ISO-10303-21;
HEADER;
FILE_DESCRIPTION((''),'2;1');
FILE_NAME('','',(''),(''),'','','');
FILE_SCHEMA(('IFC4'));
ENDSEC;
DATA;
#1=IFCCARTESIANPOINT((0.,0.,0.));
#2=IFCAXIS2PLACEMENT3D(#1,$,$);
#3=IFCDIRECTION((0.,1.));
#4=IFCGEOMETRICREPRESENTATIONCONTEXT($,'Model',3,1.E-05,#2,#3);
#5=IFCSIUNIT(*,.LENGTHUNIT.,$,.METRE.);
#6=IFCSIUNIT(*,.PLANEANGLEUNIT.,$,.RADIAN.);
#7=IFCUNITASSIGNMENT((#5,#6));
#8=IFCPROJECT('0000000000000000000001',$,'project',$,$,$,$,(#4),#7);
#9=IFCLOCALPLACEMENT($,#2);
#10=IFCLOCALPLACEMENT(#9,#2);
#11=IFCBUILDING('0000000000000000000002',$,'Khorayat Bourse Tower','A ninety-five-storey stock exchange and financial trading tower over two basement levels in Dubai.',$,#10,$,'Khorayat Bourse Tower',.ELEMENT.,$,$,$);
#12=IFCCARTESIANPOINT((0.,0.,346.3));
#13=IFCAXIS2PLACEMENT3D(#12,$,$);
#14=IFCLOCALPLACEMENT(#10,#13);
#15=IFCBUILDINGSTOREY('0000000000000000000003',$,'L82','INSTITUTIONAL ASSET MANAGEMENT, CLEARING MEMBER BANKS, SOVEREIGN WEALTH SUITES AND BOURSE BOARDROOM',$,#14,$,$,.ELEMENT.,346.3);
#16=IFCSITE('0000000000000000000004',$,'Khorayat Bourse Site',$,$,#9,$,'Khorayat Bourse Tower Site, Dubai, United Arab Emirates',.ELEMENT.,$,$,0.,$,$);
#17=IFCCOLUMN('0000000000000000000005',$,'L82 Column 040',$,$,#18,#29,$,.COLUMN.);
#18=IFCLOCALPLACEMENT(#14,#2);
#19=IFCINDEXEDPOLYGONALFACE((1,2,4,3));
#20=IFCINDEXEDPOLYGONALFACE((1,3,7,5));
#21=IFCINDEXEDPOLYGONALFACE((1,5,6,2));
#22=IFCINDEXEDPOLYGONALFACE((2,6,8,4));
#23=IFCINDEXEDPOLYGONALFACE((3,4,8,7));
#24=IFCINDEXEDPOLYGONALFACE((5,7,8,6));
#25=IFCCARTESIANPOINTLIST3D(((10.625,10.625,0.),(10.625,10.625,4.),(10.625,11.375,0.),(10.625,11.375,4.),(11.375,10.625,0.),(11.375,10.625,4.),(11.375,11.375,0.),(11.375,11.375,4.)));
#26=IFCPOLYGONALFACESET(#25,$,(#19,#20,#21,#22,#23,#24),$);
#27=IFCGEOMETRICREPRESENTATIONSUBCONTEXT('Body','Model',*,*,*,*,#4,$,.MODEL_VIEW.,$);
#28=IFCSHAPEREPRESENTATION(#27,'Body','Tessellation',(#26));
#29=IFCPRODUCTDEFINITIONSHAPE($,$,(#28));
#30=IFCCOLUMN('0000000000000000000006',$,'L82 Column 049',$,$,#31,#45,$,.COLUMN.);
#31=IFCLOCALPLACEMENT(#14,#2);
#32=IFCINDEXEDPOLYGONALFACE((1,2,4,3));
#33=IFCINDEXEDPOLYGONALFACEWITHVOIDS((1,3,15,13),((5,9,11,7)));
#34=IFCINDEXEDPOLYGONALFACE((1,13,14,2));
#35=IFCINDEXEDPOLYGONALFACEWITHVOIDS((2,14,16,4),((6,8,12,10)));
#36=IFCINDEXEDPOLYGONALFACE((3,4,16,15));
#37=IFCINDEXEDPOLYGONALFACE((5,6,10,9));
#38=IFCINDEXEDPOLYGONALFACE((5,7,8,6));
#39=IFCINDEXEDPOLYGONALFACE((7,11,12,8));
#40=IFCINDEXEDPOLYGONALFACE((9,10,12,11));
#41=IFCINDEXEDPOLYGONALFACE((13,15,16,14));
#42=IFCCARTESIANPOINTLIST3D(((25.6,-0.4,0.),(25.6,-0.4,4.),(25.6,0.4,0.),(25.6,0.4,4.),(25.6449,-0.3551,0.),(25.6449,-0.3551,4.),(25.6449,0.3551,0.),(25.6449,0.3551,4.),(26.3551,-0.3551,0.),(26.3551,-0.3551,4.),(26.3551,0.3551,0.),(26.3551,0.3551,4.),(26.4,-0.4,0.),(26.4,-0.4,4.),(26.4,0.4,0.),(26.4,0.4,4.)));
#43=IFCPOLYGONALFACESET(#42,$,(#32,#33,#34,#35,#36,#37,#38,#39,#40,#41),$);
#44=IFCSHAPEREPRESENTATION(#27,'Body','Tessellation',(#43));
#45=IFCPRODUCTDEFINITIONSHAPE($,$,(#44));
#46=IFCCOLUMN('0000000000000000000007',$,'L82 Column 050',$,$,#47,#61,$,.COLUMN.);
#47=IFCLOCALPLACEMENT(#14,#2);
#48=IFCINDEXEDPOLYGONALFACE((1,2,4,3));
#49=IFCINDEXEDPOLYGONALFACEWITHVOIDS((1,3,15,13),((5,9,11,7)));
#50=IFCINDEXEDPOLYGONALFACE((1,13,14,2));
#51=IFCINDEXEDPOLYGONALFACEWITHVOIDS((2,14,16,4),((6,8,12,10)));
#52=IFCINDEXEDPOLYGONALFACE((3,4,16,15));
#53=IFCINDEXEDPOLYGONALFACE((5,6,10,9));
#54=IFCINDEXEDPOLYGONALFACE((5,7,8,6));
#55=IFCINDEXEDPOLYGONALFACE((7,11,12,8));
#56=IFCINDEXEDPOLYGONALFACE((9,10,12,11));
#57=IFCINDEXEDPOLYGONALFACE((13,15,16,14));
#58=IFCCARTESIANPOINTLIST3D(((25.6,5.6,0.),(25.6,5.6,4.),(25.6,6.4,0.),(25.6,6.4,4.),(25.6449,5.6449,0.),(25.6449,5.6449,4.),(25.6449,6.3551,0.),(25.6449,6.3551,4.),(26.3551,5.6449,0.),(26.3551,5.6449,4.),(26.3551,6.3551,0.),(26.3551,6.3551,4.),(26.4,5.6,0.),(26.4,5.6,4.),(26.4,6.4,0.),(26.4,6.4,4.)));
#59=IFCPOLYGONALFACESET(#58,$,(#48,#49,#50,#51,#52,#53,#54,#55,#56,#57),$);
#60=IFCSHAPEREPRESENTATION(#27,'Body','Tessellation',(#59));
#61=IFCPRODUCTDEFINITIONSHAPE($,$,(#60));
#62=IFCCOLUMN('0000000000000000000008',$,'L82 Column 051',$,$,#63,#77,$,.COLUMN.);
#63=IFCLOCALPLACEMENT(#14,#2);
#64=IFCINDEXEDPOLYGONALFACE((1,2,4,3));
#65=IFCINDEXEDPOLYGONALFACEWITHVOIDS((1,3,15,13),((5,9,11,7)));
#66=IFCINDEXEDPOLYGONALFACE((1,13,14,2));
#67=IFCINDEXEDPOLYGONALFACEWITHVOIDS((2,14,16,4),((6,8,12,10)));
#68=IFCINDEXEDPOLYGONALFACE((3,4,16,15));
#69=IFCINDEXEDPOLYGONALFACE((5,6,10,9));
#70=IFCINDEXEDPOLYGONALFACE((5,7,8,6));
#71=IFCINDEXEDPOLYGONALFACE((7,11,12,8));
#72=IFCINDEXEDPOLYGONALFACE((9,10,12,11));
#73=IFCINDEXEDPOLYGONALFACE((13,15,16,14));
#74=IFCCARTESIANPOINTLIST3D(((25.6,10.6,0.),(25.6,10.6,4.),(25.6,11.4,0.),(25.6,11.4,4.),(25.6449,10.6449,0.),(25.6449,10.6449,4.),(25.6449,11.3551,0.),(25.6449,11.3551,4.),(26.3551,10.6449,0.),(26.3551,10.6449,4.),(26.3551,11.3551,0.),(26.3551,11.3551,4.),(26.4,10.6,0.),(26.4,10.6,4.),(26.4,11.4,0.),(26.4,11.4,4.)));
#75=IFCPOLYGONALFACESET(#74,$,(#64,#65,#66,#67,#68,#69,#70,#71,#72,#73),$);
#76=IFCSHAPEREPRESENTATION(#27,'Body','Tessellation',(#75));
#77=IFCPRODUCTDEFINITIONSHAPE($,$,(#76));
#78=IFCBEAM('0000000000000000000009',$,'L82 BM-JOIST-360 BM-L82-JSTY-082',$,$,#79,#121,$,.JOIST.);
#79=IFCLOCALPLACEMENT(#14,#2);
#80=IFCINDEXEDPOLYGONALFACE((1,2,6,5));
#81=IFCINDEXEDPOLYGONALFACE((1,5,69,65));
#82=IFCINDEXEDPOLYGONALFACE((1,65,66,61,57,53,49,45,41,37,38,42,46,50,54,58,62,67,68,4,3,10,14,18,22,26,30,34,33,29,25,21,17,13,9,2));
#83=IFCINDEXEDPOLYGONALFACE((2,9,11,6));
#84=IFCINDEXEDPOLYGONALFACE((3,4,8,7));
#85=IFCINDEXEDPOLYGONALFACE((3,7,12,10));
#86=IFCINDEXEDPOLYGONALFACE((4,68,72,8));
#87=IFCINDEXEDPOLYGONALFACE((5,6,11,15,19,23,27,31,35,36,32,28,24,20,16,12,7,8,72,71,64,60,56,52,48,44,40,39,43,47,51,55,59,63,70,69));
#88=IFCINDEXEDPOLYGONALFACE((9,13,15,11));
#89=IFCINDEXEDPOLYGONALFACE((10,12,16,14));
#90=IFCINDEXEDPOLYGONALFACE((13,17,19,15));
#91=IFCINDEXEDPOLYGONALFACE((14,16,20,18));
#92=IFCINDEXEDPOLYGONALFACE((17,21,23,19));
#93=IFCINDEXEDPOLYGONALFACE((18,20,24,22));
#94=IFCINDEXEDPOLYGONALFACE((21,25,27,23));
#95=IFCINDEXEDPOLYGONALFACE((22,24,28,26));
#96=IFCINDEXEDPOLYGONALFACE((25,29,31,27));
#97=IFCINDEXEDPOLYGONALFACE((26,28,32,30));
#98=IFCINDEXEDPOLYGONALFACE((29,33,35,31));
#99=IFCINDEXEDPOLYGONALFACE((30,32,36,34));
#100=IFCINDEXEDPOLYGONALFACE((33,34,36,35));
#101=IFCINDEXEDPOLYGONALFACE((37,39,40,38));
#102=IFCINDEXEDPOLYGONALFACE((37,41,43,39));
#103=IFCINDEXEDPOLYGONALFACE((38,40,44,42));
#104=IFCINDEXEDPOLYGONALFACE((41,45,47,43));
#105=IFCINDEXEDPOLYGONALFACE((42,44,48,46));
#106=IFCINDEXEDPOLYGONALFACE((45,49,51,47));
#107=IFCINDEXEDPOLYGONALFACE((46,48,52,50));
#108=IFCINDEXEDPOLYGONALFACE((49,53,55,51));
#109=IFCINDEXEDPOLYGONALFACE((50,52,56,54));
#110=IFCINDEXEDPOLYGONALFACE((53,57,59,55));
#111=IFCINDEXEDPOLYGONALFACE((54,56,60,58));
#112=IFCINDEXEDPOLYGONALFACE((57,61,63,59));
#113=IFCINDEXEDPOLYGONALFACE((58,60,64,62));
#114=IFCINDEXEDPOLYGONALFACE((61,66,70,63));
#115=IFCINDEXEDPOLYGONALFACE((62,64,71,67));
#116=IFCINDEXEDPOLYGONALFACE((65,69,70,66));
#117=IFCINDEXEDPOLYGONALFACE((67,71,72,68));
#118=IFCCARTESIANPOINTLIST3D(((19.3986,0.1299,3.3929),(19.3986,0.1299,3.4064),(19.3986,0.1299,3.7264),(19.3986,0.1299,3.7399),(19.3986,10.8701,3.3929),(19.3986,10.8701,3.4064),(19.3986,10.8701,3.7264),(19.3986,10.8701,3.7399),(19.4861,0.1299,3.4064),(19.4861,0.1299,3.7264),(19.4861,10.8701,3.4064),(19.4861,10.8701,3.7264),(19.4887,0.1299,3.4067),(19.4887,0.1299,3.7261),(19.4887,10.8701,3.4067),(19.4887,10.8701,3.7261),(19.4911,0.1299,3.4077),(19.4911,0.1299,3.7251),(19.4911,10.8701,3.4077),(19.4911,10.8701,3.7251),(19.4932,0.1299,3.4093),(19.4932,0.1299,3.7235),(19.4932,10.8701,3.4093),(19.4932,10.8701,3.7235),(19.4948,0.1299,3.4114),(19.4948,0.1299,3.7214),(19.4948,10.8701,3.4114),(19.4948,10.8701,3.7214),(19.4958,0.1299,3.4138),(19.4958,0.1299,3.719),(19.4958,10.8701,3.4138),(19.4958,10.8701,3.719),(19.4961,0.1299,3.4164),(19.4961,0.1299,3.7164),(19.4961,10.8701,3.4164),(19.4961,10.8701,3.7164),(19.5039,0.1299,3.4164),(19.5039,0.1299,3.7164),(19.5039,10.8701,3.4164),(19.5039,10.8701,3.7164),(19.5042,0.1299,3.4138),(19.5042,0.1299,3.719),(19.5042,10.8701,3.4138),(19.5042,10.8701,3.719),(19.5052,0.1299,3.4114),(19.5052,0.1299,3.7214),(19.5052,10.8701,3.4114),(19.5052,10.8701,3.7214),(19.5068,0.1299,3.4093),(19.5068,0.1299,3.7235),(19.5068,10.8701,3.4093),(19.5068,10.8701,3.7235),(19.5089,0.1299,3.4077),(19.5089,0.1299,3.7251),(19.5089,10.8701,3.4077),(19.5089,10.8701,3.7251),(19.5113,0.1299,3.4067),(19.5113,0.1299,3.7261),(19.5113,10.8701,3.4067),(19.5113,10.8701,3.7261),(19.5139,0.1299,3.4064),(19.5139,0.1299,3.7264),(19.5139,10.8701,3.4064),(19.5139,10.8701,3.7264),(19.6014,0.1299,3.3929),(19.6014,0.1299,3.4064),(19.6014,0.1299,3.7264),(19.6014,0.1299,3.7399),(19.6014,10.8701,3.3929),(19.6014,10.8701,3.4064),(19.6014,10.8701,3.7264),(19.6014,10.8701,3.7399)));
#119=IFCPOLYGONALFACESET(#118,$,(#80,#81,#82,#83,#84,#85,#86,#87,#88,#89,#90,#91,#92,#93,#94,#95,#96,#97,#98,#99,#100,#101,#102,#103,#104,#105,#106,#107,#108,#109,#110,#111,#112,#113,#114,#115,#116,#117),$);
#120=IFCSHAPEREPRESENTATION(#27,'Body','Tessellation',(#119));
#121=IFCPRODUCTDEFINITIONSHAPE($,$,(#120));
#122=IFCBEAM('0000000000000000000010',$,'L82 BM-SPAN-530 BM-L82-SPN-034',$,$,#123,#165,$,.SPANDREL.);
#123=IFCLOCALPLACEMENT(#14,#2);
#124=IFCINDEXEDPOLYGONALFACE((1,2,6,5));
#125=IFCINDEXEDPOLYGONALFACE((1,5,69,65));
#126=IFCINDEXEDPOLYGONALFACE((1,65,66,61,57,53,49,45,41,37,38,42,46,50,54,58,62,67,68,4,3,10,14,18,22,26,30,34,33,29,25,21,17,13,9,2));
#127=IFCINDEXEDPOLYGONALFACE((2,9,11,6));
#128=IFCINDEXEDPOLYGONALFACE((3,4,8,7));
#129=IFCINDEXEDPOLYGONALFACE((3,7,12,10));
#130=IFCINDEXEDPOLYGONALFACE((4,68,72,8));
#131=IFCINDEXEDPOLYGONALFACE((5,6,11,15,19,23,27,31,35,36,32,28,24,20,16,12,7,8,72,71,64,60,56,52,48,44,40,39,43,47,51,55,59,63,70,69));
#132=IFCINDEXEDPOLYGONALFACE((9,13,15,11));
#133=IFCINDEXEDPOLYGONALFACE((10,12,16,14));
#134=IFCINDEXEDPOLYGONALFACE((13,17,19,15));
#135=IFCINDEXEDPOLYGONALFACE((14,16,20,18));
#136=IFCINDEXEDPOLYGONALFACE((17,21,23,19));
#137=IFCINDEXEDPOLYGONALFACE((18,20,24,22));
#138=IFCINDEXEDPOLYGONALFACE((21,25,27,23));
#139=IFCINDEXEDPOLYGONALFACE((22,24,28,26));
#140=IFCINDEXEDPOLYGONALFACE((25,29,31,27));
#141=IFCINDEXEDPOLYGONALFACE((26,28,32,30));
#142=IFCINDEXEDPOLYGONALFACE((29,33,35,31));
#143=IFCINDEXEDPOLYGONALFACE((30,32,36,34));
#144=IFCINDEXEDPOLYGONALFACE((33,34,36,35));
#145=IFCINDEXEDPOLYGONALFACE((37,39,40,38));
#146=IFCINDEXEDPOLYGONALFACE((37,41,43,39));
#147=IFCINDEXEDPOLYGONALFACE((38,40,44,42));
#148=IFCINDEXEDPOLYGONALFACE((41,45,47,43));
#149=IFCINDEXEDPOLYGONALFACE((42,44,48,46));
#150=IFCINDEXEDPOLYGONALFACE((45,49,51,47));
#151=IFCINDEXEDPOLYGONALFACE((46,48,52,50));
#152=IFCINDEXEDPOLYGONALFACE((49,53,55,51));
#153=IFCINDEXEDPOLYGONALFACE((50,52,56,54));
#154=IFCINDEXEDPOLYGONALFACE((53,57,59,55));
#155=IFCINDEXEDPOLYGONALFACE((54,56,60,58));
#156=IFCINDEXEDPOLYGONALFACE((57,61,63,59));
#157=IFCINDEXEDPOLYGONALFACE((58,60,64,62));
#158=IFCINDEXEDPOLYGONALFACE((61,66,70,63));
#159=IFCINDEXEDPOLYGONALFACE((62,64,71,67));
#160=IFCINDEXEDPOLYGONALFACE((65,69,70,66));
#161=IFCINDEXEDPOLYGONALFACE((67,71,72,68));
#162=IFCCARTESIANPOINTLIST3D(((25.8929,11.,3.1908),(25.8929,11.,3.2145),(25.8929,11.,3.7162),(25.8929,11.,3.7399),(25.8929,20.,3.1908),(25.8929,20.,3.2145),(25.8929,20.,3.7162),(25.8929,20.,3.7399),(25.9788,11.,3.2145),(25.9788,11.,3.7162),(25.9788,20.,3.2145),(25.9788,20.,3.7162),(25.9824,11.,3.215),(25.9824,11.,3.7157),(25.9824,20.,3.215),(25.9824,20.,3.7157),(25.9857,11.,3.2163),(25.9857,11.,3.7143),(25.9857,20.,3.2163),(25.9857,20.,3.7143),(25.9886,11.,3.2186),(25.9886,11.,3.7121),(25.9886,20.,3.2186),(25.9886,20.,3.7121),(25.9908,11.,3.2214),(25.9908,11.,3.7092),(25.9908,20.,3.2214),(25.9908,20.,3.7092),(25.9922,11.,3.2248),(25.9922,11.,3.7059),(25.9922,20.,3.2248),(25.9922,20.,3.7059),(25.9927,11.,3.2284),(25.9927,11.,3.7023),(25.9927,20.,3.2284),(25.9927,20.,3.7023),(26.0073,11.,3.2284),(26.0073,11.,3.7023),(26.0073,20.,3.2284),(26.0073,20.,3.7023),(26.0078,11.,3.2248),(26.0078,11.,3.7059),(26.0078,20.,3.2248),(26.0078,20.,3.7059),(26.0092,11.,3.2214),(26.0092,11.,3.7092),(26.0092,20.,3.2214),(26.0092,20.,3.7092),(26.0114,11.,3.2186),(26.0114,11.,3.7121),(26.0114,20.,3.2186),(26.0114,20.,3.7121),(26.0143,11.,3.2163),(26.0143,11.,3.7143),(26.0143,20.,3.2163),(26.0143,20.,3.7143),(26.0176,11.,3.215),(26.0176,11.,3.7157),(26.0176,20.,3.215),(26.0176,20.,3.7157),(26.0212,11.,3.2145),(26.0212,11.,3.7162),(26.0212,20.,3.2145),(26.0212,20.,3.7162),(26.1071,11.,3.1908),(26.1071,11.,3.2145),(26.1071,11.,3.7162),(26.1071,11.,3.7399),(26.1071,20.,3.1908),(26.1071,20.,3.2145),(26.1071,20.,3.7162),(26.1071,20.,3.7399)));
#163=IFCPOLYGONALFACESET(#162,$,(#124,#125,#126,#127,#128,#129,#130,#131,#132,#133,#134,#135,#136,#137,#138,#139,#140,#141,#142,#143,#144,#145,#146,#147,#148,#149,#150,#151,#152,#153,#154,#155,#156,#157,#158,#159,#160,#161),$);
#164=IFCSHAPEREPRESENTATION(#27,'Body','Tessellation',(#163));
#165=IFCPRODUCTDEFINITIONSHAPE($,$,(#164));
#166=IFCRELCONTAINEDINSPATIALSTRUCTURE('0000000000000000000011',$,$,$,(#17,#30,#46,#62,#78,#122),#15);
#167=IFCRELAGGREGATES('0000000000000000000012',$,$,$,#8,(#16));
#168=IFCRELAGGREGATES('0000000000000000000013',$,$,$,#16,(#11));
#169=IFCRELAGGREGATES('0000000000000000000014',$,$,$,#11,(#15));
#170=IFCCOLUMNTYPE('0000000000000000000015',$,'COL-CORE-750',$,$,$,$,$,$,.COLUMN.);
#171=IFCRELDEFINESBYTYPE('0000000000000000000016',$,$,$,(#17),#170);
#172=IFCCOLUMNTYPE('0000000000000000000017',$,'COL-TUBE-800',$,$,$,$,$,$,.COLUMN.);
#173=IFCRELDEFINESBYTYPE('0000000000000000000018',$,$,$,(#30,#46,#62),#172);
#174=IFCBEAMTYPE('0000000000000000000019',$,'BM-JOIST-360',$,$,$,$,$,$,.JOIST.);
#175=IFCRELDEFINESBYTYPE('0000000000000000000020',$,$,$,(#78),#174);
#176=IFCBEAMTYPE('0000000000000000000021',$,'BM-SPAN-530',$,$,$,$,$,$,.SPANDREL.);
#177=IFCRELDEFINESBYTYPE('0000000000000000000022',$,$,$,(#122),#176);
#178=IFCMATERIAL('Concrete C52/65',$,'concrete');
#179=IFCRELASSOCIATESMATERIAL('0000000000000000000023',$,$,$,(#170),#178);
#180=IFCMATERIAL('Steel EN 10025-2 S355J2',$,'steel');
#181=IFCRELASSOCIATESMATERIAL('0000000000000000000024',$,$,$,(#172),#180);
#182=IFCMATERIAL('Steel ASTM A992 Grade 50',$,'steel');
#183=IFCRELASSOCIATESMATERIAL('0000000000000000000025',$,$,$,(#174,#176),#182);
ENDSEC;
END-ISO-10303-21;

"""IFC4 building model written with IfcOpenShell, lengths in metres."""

from ifc_helpers import new_model, si_unit, direction, frame, origin, origin_2d, place, context, subcontext, project, spatial, rectangle, hollow_rectangle, i_section, extrude, source, transform, mapped, material, material_profile, profile_set, type_object, element, save


model = new_model("IFC4")

# Units and contexts
model_context = context("Model", 3, precision=1e-05, world=origin(), true_north=direction((0.0, 1.0)))
body_context = subcontext(model_context, "Body", "Model", "MODEL_VIEW")
ifc_project = project(units=[si_unit("LENGTHUNIT", "METRE"), si_unit("PLANEANGLEUNIT", "RADIAN")], contexts=[model_context])

# Site, building, storey
site_placement = place(None, origin())
site = spatial("IfcSite", under=ifc_project, at=site_placement, Name="Khorayat Bourse Site", LongName="Khorayat Bourse Tower Site, Dubai, United Arab Emirates", CompositionType="ELEMENT", RefElevation=0.0)
building_placement = place(site_placement, origin())
building = spatial("IfcBuilding", under=site, at=building_placement, Name="Khorayat Bourse Tower", Description="A ninety-five-storey stock exchange and financial trading tower over two basement levels in Dubai.", LongName="Khorayat Bourse Tower", CompositionType="ELEMENT")
storey_placement = place(building_placement, frame((0.0, 0.0, 346.3)))
storey = spatial("IfcBuildingStorey", under=building, at=storey_placement, Name="L82", Description="INSTITUTIONAL ASSET MANAGEMENT, CLEARING MEMBER BANKS, SOVEREIGN WEALTH SUITES AND BOURSE BOARDROOM", CompositionType="ELEMENT", Elevation=346.3)

# Columns
ifc_material_1 = material(Name="Concrete C52/65", Category="concrete")
ifc_material_profile_1 = material_profile(ifc_material_1, rectangle(XDim=0.75, YDim=0.75, at=origin_2d()), Name="RC 750x750")
ifc_profile_set_1 = profile_set([ifc_material_profile_1], Name="Concrete C52/65")
column_type_1 = type_object("IfcColumnType", Name="COL-CORE-750", PredefinedType="COLUMN", material=ifc_profile_set_1)
shared_shape_1 = source(origin(), body_context, "Body", "SweptSolid", [
    extrude(rectangle(XDim=0.75, YDim=0.75, at=origin_2d()), origin(), (0.0, 0.0, 1.0), 4.0),
])
column_placement = place(storey_placement, frame((11.0, 11.0, 0.0), z_axis=(0.0, 0.0, 1.0), x_axis=(1.0, 0.0, 0.0)))
element("IfcColumn", 1, at=column_placement, inside=storey, type_object=column_type_1, Name="L82 Column 040", PredefinedType="COLUMN", context=body_context, shape_type="MappedRepresentation", body=[
    mapped(shared_shape_1, transform((0.0, 0.0, 0.0), scale=1.0)),
])
ifc_material_2 = material(Name="Steel EN 10025-2 S355J2", Category="steel")
ifc_material_profile_2 = material_profile(ifc_material_2, hollow_rectangle(XDim=0.8, YDim=0.8, WallThickness=0.0449, at=origin_2d()), Name="BOX 800x800x45")
ifc_profile_set_2 = profile_set([ifc_material_profile_2], Name="Steel EN 10025-2 S355J2")
column_type_2 = type_object("IfcColumnType", Name="COL-TUBE-800", PredefinedType="COLUMN", material=ifc_profile_set_2)
shared_shape_2 = source(origin(), body_context, "Body", "SweptSolid", [
    extrude(hollow_rectangle(XDim=0.8, YDim=0.8, WallThickness=0.0449, at=origin_2d()), origin(), (0.0, 0.0, 1.0), 4.0),
])
for number, where, z_axis, x_axis, name in (
    (2, (26.0, 0.0, 0.0), (0.0, 0.0, 1.0), (1.0, 0.0, 0.0), "L82 Column 049"),
    (3, (26.0, 6.0, 0.0), (0.0, 0.0, 1.0), (1.0, 0.0, 0.0), "L82 Column 050"),
    (4, (26.0, 11.0, 0.0), (0.0, 0.0, 1.0), (1.0, 0.0, 0.0), "L82 Column 051"),
):
    element("IfcColumn", number, at=place(storey_placement, frame(where, z_axis=z_axis, x_axis=x_axis)), inside=storey, type_object=column_type_2, Name=name, PredefinedType="COLUMN", context=body_context, shape_type="MappedRepresentation", body=[
        mapped(shared_shape_2, transform((0.0, 0.0, 0.0), scale=1.0)),
    ])

# Beams
ifc_material_3 = material(Name="Steel ASTM A992 Grade 50", Category="steel")
ifc_material_profile_3 = material_profile(ifc_material_3, i_section(OverallWidth=0.2029, OverallDepth=0.3469, WebThickness=0.0078, FlangeThickness=0.0134, FilletRadius=0.01, at=origin_2d()), Name="W360X64")
ifc_profile_set_3 = profile_set([ifc_material_profile_3], Name="Steel ASTM A992 Grade 50")
beam_type_1 = type_object("IfcBeamType", Name="BM-JOIST-360", PredefinedType="JOIST", material=ifc_profile_set_3)
shared_shape_3 = source(origin(), body_context, "Body", "SweptSolid", [
    extrude(i_section(OverallWidth=0.2029, OverallDepth=0.3469, WebThickness=0.0078, FlangeThickness=0.0134, FilletRadius=0.01, at=origin_2d()), origin(), (0.0, 0.0, 1.0), 10.7402),
])
beam_1_placement = place(storey_placement, frame((19.5, 0.1299, 3.5664), z_axis=(0.0, 1.0, 0.0), x_axis=(-1.0, 0.0, 0.0)))
element("IfcBeam", 5, at=beam_1_placement, inside=storey, type_object=beam_type_1, Name="L82 BM-JOIST-360 BM-L82-JSTY-082", PredefinedType="JOIST", context=body_context, shape_type="MappedRepresentation", body=[
    mapped(shared_shape_3, transform((0.0, 0.0, 0.0), scale=1.0)),
])
ifc_material_profile_4 = material_profile(ifc_material_3, i_section(OverallWidth=0.2141, OverallDepth=0.5491, WebThickness=0.0146, FlangeThickness=0.0237, FilletRadius=0.0139, at=origin_2d()), Name="W530X138")
ifc_profile_set_4 = profile_set([ifc_material_profile_4], Name="Steel ASTM A992 Grade 50")
beam_type_2 = type_object("IfcBeamType", Name="BM-SPAN-530", PredefinedType="SPANDREL", material=ifc_profile_set_4)
shared_shape_4 = source(origin(), body_context, "Body", "SweptSolid", [
    extrude(i_section(OverallWidth=0.2141, OverallDepth=0.5491, WebThickness=0.0146, FlangeThickness=0.0237, FilletRadius=0.0139, at=origin_2d()), origin(), (0.0, 0.0, 1.0), 9.0),
])
beam_2_placement = place(storey_placement, frame((26.0, 11.0, 3.4653), z_axis=(0.0, 1.0, 0.0), x_axis=(-1.0, 0.0, 0.0)))
element("IfcBeam", 6, at=beam_2_placement, inside=storey, type_object=beam_type_2, Name="L82 BM-SPAN-530 BM-L82-SPN-034", PredefinedType="SPANDREL", context=body_context, shape_type="MappedRepresentation", body=[
    mapped(shared_shape_4, transform((0.0, 0.0, 0.0), scale=1.0)),
])

save(model, "model.ifc")
